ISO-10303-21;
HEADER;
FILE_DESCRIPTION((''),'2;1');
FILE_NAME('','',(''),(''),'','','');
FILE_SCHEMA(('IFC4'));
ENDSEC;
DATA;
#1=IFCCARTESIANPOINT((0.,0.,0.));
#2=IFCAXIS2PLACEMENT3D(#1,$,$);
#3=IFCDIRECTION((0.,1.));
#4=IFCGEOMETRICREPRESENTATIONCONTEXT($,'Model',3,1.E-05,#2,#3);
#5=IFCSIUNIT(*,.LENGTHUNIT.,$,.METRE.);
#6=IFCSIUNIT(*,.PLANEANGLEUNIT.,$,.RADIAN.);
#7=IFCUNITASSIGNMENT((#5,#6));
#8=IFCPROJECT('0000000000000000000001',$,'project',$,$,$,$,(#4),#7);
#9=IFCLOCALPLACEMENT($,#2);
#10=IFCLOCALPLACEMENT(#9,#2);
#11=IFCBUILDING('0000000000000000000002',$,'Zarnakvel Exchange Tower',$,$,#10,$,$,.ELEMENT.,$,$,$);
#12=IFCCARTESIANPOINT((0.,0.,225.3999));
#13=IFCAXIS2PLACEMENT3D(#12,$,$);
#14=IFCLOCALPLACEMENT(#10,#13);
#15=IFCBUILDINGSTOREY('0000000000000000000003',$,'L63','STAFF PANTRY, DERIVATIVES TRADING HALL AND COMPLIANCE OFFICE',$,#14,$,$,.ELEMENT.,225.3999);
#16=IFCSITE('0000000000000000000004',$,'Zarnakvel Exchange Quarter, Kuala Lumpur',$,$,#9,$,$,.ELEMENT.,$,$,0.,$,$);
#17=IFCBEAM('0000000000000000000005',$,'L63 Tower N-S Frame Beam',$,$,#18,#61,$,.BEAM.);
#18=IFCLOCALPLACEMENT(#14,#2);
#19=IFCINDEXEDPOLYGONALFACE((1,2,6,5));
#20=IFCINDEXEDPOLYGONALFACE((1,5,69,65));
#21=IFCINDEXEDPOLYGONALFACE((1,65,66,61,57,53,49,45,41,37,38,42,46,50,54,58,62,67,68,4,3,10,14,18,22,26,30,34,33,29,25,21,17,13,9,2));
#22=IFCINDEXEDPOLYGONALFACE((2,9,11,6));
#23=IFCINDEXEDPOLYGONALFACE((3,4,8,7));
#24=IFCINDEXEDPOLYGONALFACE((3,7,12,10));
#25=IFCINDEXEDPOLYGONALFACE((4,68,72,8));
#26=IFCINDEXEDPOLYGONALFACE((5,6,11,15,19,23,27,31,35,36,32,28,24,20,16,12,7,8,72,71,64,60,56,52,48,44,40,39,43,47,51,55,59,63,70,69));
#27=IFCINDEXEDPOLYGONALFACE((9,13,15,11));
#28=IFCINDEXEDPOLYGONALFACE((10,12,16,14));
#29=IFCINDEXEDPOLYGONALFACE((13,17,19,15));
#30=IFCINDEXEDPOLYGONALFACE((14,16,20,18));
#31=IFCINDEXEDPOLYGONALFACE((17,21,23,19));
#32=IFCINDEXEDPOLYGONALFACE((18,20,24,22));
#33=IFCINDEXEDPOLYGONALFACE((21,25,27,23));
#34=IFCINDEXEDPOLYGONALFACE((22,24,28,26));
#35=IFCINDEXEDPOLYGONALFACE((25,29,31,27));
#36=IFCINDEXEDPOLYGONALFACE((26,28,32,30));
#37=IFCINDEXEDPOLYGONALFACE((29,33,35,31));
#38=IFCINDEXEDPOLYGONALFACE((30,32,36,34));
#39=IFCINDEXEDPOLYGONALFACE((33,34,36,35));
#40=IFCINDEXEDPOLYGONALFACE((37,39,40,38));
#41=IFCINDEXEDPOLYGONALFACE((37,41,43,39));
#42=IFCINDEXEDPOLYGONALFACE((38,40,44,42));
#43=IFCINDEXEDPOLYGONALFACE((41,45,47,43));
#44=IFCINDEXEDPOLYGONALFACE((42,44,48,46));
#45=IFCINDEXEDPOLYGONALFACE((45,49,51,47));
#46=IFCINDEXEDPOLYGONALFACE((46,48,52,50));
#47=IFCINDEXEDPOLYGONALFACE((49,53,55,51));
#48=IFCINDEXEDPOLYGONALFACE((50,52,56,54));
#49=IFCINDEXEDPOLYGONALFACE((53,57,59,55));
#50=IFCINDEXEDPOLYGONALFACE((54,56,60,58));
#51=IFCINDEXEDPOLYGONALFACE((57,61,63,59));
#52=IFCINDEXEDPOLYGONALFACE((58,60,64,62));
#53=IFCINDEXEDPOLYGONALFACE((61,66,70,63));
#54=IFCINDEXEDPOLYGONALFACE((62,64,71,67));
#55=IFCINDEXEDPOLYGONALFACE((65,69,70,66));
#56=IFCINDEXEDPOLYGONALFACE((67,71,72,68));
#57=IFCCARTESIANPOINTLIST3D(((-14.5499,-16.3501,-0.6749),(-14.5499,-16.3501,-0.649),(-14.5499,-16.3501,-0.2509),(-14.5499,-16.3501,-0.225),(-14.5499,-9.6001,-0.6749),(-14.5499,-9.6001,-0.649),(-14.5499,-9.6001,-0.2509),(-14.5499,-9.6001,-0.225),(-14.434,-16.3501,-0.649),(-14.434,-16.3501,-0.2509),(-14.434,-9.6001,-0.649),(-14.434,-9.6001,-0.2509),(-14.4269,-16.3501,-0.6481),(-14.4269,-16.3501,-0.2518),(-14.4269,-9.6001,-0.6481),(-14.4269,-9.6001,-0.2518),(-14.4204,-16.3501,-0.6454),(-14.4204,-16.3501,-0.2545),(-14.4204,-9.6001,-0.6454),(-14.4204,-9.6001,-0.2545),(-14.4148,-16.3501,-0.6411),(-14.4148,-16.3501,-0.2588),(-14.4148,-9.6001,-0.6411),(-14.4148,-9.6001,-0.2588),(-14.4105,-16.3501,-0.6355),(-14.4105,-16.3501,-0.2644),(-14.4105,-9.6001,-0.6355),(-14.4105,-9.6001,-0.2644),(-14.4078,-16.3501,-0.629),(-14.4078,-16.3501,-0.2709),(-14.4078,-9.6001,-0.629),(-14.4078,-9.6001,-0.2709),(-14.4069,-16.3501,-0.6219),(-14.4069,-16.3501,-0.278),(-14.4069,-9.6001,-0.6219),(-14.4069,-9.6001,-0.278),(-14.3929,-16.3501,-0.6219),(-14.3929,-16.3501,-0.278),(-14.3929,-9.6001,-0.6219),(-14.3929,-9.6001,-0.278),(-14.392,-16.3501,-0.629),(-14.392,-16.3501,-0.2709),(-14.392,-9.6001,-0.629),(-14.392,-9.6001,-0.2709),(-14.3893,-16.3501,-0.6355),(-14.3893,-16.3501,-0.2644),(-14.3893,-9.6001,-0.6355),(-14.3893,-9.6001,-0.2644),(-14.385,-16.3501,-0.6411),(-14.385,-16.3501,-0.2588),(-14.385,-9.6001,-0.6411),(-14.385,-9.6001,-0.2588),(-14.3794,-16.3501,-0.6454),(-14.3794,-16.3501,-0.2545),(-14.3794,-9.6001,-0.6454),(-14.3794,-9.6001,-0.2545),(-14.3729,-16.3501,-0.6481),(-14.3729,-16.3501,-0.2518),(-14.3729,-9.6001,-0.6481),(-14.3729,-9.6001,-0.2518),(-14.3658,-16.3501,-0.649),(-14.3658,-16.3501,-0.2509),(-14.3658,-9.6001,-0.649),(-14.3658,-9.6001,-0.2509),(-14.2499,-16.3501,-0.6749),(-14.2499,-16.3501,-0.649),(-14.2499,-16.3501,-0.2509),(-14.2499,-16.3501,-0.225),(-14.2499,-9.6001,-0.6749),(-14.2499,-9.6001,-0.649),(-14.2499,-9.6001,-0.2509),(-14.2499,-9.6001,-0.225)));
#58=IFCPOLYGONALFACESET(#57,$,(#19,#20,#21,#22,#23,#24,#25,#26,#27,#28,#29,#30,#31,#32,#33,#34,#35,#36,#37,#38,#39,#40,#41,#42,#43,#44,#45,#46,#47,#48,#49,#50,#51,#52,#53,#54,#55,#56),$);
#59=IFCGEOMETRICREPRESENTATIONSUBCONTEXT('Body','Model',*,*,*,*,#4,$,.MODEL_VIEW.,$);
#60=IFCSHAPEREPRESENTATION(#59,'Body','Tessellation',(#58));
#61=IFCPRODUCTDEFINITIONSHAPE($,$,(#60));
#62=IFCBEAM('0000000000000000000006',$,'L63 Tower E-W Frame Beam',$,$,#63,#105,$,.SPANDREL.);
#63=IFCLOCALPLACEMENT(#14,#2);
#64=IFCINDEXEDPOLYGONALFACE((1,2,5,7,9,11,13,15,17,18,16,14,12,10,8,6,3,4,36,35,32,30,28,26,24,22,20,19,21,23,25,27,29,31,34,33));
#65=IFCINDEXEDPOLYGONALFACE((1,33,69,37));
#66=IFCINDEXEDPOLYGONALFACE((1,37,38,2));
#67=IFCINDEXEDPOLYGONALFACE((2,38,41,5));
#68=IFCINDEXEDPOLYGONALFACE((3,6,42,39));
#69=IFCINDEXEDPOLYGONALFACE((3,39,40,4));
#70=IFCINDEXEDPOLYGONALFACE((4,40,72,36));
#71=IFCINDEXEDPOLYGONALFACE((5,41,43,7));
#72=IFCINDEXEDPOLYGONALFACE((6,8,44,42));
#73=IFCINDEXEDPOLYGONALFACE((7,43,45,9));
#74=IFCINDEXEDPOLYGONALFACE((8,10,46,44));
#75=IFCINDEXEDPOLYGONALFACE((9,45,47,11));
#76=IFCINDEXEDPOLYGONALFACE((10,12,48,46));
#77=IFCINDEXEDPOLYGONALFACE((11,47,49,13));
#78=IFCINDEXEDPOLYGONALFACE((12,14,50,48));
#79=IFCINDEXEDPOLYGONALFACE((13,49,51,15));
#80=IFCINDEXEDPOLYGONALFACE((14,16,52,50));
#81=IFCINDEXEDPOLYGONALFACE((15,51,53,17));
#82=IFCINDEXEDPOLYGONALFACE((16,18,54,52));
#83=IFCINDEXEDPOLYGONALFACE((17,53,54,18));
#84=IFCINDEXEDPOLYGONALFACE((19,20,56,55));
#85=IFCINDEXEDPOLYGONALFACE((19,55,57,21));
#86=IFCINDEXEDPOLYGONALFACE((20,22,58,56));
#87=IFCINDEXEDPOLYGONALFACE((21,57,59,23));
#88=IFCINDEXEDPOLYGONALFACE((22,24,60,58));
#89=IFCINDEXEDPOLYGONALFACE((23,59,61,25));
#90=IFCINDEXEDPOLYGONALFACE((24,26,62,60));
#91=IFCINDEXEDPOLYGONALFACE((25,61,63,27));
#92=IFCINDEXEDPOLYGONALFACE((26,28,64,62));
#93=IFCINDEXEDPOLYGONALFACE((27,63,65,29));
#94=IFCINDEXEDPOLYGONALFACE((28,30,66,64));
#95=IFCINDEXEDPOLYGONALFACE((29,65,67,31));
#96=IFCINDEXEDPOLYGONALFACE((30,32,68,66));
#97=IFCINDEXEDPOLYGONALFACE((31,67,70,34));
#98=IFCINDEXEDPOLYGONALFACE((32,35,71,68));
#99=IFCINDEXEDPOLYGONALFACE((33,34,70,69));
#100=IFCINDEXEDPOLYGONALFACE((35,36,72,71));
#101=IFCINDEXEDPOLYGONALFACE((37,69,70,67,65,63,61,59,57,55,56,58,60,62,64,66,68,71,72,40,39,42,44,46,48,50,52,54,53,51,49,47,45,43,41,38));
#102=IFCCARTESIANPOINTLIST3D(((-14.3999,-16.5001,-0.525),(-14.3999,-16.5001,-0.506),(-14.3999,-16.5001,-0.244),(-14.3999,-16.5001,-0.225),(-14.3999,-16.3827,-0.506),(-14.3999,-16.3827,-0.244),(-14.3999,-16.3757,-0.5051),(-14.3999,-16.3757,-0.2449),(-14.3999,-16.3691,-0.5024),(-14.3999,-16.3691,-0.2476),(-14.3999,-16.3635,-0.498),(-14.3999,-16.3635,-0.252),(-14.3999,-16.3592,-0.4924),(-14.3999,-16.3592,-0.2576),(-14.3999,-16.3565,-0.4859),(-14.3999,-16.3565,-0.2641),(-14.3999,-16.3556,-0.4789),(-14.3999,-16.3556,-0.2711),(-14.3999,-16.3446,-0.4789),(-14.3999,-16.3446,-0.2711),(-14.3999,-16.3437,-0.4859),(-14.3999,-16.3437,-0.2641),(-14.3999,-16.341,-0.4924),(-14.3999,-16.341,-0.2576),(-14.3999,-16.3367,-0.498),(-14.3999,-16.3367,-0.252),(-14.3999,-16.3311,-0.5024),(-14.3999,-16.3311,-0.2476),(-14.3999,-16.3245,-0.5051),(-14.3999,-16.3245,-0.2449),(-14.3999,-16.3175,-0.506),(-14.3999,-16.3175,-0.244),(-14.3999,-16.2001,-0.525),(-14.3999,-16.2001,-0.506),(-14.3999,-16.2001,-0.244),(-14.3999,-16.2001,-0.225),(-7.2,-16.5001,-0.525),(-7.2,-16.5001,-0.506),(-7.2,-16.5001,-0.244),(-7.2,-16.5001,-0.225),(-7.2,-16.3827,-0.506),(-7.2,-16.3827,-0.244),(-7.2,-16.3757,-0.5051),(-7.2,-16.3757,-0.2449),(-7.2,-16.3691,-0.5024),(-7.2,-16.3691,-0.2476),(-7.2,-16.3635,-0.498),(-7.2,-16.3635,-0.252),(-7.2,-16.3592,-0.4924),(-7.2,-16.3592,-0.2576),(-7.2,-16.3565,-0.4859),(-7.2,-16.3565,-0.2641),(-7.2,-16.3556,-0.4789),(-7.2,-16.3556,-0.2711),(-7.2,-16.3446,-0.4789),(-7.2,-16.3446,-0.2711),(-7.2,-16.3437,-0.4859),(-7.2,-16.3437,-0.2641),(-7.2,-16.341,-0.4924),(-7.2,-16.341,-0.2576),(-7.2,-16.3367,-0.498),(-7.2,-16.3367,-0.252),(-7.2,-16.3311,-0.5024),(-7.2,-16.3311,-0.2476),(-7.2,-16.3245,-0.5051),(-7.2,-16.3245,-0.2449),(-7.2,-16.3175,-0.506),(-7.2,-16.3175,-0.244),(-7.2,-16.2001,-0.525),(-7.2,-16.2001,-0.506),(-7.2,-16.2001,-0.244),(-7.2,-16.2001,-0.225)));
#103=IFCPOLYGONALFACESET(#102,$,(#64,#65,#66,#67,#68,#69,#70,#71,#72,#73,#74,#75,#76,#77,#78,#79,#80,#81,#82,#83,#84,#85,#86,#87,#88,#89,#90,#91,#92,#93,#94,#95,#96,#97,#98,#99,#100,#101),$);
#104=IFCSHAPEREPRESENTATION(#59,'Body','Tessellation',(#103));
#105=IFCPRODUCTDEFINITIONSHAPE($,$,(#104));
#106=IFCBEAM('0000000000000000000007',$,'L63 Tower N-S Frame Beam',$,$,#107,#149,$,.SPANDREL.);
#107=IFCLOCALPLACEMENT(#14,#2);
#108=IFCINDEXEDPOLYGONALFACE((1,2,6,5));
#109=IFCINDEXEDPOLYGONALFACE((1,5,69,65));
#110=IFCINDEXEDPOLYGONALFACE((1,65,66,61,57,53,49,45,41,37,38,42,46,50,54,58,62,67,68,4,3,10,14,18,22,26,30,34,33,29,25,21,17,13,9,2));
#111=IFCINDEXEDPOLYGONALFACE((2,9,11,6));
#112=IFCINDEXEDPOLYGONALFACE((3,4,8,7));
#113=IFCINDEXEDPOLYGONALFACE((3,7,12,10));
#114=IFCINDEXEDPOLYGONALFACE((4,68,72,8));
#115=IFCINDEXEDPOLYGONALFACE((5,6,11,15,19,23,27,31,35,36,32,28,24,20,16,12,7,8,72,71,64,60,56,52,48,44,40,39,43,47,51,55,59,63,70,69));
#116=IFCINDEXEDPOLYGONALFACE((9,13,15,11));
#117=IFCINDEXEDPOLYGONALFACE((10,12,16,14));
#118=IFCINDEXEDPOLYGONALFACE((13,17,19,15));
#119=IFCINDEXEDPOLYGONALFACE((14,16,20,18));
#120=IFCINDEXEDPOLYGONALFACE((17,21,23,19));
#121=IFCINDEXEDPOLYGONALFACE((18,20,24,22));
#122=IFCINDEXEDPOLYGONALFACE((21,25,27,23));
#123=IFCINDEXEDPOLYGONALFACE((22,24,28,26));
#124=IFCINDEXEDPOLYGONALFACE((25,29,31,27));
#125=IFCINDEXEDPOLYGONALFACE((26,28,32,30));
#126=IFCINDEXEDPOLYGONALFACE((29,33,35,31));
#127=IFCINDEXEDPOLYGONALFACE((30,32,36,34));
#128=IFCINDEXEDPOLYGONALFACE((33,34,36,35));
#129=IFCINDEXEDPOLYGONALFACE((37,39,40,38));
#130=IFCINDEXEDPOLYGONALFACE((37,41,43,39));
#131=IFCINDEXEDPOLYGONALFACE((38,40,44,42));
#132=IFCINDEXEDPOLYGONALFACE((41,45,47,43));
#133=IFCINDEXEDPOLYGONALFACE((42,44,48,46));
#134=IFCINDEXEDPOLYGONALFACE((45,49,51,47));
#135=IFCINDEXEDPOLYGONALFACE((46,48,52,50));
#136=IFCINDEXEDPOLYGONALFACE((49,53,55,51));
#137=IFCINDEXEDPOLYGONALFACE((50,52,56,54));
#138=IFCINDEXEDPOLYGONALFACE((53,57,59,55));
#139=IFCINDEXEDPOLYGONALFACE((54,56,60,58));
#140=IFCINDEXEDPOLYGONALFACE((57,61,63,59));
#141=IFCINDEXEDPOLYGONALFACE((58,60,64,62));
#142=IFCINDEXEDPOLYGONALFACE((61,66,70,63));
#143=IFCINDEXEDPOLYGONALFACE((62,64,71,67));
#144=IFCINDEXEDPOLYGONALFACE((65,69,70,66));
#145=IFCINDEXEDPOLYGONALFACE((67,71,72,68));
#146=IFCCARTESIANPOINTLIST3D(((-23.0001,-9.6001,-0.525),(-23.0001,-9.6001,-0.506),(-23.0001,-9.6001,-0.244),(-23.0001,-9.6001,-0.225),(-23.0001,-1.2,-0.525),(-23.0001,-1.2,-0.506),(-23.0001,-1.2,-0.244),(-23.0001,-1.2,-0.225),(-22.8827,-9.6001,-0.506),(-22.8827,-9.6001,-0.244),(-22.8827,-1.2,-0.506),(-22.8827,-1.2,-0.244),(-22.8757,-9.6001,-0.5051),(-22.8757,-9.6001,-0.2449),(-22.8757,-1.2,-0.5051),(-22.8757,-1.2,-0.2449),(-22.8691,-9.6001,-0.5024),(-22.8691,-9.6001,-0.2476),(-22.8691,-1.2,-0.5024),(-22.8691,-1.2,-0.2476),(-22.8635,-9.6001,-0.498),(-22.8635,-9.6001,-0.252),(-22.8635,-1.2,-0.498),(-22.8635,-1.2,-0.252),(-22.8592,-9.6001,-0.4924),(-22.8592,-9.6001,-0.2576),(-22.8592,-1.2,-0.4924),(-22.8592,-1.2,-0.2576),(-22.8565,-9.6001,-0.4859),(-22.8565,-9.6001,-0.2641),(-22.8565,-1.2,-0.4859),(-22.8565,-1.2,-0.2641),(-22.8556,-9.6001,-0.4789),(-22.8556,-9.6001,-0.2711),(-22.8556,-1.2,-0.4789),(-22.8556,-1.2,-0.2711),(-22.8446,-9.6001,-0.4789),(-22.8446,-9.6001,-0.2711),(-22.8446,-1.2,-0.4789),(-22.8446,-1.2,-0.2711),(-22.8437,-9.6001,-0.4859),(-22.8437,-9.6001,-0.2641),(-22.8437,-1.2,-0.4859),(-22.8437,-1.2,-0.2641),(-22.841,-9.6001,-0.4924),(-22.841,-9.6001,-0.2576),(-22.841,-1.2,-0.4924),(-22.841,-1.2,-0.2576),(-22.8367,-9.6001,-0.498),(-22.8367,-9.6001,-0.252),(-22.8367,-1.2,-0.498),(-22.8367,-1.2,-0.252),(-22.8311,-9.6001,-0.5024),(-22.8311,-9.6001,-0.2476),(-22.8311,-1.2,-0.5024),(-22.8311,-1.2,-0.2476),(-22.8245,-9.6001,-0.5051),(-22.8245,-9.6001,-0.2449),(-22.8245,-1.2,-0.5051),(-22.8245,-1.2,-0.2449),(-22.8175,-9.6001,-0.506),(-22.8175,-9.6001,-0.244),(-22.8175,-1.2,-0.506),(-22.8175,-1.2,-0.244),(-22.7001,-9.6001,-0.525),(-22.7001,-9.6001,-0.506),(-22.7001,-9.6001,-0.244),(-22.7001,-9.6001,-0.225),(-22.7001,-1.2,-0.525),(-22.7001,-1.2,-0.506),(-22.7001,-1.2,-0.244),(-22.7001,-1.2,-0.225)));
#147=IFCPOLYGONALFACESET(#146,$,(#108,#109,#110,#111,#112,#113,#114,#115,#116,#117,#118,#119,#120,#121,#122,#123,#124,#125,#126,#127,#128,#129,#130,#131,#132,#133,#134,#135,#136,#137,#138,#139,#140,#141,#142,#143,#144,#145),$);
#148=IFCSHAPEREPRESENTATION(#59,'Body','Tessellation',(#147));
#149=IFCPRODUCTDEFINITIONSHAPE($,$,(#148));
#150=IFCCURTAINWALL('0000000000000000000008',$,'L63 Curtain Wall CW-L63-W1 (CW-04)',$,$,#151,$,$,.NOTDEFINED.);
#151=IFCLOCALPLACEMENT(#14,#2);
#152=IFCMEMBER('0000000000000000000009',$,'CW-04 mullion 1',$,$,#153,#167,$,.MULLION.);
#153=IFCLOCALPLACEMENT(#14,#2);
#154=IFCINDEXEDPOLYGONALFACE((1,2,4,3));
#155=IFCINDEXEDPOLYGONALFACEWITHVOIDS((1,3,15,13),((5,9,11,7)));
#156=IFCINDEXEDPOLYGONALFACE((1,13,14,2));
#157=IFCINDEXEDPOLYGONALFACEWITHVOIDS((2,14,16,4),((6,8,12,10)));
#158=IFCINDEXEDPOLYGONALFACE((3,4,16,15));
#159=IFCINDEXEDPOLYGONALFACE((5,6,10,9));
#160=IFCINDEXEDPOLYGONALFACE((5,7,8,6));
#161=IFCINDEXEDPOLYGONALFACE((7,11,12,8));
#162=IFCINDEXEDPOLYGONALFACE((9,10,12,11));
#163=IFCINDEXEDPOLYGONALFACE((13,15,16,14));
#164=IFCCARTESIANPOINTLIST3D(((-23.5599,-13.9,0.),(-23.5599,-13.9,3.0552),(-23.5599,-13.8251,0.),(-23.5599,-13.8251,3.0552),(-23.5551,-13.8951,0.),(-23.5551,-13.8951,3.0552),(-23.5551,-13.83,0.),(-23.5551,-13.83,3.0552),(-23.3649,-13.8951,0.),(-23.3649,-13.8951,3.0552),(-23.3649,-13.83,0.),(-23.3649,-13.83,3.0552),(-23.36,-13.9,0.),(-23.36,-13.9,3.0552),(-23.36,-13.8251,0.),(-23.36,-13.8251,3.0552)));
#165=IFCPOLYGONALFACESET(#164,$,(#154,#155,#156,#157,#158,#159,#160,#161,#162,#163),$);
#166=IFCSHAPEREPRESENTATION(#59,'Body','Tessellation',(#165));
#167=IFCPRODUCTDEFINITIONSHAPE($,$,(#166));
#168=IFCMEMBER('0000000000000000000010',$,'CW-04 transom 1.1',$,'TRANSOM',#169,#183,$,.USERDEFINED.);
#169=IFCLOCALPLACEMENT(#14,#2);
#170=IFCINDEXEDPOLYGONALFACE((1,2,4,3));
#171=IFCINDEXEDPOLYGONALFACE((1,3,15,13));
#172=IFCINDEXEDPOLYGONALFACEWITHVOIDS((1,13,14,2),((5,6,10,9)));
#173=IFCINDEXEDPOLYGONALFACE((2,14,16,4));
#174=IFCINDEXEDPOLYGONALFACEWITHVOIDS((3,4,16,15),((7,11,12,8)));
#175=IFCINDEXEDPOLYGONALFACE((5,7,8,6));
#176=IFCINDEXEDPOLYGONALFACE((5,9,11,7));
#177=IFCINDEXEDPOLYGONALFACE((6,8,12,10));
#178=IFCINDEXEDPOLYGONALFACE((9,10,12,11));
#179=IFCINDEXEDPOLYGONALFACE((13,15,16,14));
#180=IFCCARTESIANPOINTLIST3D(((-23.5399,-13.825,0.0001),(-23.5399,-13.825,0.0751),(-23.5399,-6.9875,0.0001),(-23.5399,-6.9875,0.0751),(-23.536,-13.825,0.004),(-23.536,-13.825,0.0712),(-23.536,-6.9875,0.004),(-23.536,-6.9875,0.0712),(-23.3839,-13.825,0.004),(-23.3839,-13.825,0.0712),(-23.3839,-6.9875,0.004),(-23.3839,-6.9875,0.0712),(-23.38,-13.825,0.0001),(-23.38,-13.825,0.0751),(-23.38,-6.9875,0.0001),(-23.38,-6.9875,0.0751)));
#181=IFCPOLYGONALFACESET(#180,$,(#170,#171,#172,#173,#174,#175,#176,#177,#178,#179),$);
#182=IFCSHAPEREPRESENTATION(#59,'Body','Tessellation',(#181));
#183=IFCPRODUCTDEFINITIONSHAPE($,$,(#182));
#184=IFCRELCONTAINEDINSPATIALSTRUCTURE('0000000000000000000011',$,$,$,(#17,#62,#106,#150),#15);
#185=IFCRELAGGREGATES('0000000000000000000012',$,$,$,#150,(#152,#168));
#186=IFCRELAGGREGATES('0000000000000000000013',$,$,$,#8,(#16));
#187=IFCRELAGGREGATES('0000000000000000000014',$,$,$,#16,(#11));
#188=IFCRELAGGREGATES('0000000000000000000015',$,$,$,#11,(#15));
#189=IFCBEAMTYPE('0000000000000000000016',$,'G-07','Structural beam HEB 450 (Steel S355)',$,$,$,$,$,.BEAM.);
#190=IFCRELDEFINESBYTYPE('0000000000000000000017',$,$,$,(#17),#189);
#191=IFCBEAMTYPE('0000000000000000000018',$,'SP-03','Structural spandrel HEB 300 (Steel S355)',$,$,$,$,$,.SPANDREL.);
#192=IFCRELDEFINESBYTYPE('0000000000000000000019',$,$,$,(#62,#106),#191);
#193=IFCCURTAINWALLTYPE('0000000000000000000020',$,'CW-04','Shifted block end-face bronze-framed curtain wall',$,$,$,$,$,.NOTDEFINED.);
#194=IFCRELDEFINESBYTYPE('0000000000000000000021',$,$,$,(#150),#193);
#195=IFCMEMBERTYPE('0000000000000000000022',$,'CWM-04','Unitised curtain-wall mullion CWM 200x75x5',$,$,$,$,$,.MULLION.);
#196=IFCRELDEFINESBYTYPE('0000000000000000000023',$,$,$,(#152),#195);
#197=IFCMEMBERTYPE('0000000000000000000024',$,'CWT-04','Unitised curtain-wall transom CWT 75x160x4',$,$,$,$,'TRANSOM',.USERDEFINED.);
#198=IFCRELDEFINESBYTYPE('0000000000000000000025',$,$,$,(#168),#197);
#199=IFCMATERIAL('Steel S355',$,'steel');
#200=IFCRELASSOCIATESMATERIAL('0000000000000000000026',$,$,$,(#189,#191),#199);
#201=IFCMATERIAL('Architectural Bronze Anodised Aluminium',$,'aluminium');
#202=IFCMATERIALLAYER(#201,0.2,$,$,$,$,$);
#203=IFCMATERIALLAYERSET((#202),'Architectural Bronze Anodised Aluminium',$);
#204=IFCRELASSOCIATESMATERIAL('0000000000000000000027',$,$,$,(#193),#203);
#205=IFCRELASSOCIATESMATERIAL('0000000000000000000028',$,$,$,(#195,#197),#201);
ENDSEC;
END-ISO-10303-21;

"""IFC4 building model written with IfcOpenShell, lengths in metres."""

from ifc_helpers import new_model, si_unit, direction, frame, origin, origin_2d, place, context, subcontext, project, spatial, hollow_rectangle, i_section, extrude, source, transform, mapped, material, layer, layer_set, material_profile, profile_set, type_object, element, aggregate, save


model = new_model("IFC4")

# Units and contexts
model_context = context("Model", 3, precision=1e-05, world=origin(), true_north=direction((0.0, 1.0)))
body_context = subcontext(model_context, "Body", "Model", "MODEL_VIEW")
ifc_project = project(units=[si_unit("LENGTHUNIT", "METRE"), si_unit("PLANEANGLEUNIT", "RADIAN")], contexts=[model_context])

# Site, building, storey
site_placement = place(None, origin())
site = spatial("IfcSite", under=ifc_project, at=site_placement, Name="Zarnakvel Exchange Quarter, Kuala Lumpur", CompositionType="ELEMENT", RefElevation=0.0)
building_placement = place(site_placement, origin())
building = spatial("IfcBuilding", under=site, at=building_placement, Name="Zarnakvel Exchange Tower", CompositionType="ELEMENT")
storey_placement = place(building_placement, frame((0.0, 0.0, 225.3999)))
storey = spatial("IfcBuildingStorey", under=building, at=storey_placement, Name="L63", Description="STAFF PANTRY, DERIVATIVES TRADING HALL AND COMPLIANCE OFFICE", CompositionType="ELEMENT", Elevation=225.3999)

# Shared definitions
ifc_material_1 = material(Name="Steel S355", Category="steel")

# Beams
ifc_material_profile_1 = material_profile(ifc_material_1, i_section(OverallWidth=0.3, OverallDepth=0.45, WebThickness=0.0139, FlangeThickness=0.0259, FilletRadius=0.0271, at=origin_2d()))
ifc_profile_set_1 = profile_set([ifc_material_profile_1], Name="Steel S355")
beam_type_1 = type_object("IfcBeamType", Name="G-07", Description="Structural beam HEB 450 (Steel S355)", PredefinedType="BEAM", material=ifc_profile_set_1)
beam_1_placement = place(storey_placement, frame((-14.3999, -16.3501, -0.45), z_axis=(0.0, 1.0, 0.0), x_axis=(-1.0, 0.0, 0.0)))
element("IfcBeam", 1, at=beam_1_placement, inside=storey, type_object=beam_type_1, Name="L63 Tower N-S Frame Beam", PredefinedType="BEAM", context=body_context, shape_type="SweptSolid", body=[
    extrude(i_section(OverallWidth=0.3, OverallDepth=0.45, WebThickness=0.0139, FlangeThickness=0.0259, FilletRadius=0.0271, at=origin_2d()), origin(), (0.0, 0.0, 1.0), 6.75),
])
ifc_material_profile_2 = material_profile(ifc_material_1, i_section(OverallWidth=0.3, OverallDepth=0.3, WebThickness=0.011, FlangeThickness=0.019, FilletRadius=0.0271, at=origin_2d()))
ifc_profile_set_2 = profile_set([ifc_material_profile_2], Name="Steel S355")
beam_type_2 = type_object("IfcBeamType", Name="SP-03", Description="Structural spandrel HEB 300 (Steel S355)", PredefinedType="SPANDREL", material=ifc_profile_set_2)
beam_2_placement = place(storey_placement, frame((-14.3999, -16.3501, -0.375), z_axis=(1.0, 0.0, 0.0), x_axis=(0.0, 1.0, 0.0)))
element("IfcBeam", 2, at=beam_2_placement, inside=storey, type_object=beam_type_2, Name="L63 Tower E-W Frame Beam", PredefinedType="SPANDREL", context=body_context, shape_type="SweptSolid", body=[
    extrude(i_section(OverallWidth=0.3, OverallDepth=0.3, WebThickness=0.011, FlangeThickness=0.019, FilletRadius=0.0271, at=origin_2d()), origin(), (0.0, 0.0, 1.0), 7.2),
])
beam_3_placement = place(storey_placement, frame((-22.8501, -9.6001, -0.375), z_axis=(0.0, 1.0, 0.0), x_axis=(-1.0, 0.0, 0.0)))
element("IfcBeam", 3, at=beam_3_placement, inside=storey, type_object=beam_type_2, Name="L63 Tower N-S Frame Beam", PredefinedType="SPANDREL", context=body_context, shape_type="SweptSolid", body=[
    extrude(i_section(OverallWidth=0.3, OverallDepth=0.3, WebThickness=0.011, FlangeThickness=0.019, FilletRadius=0.0271, at=origin_2d()), origin(), (0.0, 0.0, 1.0), 8.4001),
])

# Curtain wall, members
ifc_material_2 = material(Name="Architectural Bronze Anodised Aluminium", Category="aluminium")
ifc_layer_1 = layer(ifc_material_2, 0.2)
ifc_layer_set_1 = layer_set([ifc_layer_1], Name="Architectural Bronze Anodised Aluminium")
curtain_wall_type = type_object("IfcCurtainWallType", Name="CW-04", Description="Shifted block end-face bronze-framed curtain wall", PredefinedType="NOTDEFINED", material=ifc_layer_set_1)
curtain_wall_placement = place(storey_placement, origin())
curtain_wall = element("IfcCurtainWall", 4, at=curtain_wall_placement, inside=storey, type_object=curtain_wall_type, Name="L63 Curtain Wall CW-L63-W1 (CW-04)", PredefinedType="NOTDEFINED")
ifc_material_profile_3 = material_profile(ifc_material_2, hollow_rectangle(XDim=0.2, YDim=0.075, WallThickness=0.0049, at=origin_2d()))
ifc_profile_set_3 = profile_set([ifc_material_profile_3], Name="Architectural Bronze Anodised Aluminium")
member_type_1 = type_object("IfcMemberType", Name="CWM-04", Description="Unitised curtain-wall mullion CWM 200x75x5", PredefinedType="MULLION", material=ifc_profile_set_3)
shared_shape_1 = source(origin(), body_context, "Body", "SweptSolid", [
    extrude(hollow_rectangle(XDim=0.2, YDim=0.075, WallThickness=0.0049, at=origin_2d()), origin(), (0.0, 0.0, 1.0), 3.0552),
])
member_1_placement = place(storey_placement, frame((-23.46, -13.8625, 0.0), z_axis=(0.0, 0.0, 1.0), x_axis=(-1.0, 0.0, 0.0)))
member_1 = element("IfcMember", 5, at=member_1_placement, type_object=member_type_1, Name="CW-04 mullion 1", PredefinedType="MULLION", context=body_context, shape_type="MappedRepresentation", body=[
    mapped(shared_shape_1, transform((0.0, 0.0, 0.0), x_axis=(1.0, 0.0, 0.0), y_axis=(0.0, 1.0, 0.0), z_axis=(0.0, 0.0, 1.0), scale=1.0)),
])
ifc_material_profile_4 = material_profile(ifc_material_2, hollow_rectangle(XDim=0.1599, YDim=0.075, WallThickness=0.0039, at=origin_2d()))
ifc_profile_set_4 = profile_set([ifc_material_profile_4], Name="Architectural Bronze Anodised Aluminium")
member_type_2 = type_object("IfcMemberType", Name="CWT-04", Description="Unitised curtain-wall transom CWT 75x160x4", ElementType="TRANSOM", PredefinedType="USERDEFINED", material=ifc_profile_set_4)
shared_shape_2 = source(origin(), body_context, "Body", "SweptSolid", [
    extrude(hollow_rectangle(XDim=0.1599, YDim=0.075, WallThickness=0.0039, at=origin_2d()), origin(), (0.0, 0.0, 1.0), 6.8374),
])
member_2_placement = place(storey_placement, frame((-23.46, -13.825, 0.0376), z_axis=(0.0, 1.0, 0.0), x_axis=(-1.0, 0.0, 0.0)))
member_2 = element("IfcMember", 6, at=member_2_placement, type_object=member_type_2, Name="CW-04 transom 1.1", ObjectType="TRANSOM", PredefinedType="USERDEFINED", context=body_context, shape_type="MappedRepresentation", body=[
    mapped(shared_shape_2, transform((0.0, 0.0, 0.0), x_axis=(1.0, 0.0, 0.0), y_axis=(0.0, 1.0, 0.0), z_axis=(0.0, 0.0, 1.0), scale=1.0)),
])
aggregate(curtain_wall, [member_1, member_2])

save(model, "model.ifc")
